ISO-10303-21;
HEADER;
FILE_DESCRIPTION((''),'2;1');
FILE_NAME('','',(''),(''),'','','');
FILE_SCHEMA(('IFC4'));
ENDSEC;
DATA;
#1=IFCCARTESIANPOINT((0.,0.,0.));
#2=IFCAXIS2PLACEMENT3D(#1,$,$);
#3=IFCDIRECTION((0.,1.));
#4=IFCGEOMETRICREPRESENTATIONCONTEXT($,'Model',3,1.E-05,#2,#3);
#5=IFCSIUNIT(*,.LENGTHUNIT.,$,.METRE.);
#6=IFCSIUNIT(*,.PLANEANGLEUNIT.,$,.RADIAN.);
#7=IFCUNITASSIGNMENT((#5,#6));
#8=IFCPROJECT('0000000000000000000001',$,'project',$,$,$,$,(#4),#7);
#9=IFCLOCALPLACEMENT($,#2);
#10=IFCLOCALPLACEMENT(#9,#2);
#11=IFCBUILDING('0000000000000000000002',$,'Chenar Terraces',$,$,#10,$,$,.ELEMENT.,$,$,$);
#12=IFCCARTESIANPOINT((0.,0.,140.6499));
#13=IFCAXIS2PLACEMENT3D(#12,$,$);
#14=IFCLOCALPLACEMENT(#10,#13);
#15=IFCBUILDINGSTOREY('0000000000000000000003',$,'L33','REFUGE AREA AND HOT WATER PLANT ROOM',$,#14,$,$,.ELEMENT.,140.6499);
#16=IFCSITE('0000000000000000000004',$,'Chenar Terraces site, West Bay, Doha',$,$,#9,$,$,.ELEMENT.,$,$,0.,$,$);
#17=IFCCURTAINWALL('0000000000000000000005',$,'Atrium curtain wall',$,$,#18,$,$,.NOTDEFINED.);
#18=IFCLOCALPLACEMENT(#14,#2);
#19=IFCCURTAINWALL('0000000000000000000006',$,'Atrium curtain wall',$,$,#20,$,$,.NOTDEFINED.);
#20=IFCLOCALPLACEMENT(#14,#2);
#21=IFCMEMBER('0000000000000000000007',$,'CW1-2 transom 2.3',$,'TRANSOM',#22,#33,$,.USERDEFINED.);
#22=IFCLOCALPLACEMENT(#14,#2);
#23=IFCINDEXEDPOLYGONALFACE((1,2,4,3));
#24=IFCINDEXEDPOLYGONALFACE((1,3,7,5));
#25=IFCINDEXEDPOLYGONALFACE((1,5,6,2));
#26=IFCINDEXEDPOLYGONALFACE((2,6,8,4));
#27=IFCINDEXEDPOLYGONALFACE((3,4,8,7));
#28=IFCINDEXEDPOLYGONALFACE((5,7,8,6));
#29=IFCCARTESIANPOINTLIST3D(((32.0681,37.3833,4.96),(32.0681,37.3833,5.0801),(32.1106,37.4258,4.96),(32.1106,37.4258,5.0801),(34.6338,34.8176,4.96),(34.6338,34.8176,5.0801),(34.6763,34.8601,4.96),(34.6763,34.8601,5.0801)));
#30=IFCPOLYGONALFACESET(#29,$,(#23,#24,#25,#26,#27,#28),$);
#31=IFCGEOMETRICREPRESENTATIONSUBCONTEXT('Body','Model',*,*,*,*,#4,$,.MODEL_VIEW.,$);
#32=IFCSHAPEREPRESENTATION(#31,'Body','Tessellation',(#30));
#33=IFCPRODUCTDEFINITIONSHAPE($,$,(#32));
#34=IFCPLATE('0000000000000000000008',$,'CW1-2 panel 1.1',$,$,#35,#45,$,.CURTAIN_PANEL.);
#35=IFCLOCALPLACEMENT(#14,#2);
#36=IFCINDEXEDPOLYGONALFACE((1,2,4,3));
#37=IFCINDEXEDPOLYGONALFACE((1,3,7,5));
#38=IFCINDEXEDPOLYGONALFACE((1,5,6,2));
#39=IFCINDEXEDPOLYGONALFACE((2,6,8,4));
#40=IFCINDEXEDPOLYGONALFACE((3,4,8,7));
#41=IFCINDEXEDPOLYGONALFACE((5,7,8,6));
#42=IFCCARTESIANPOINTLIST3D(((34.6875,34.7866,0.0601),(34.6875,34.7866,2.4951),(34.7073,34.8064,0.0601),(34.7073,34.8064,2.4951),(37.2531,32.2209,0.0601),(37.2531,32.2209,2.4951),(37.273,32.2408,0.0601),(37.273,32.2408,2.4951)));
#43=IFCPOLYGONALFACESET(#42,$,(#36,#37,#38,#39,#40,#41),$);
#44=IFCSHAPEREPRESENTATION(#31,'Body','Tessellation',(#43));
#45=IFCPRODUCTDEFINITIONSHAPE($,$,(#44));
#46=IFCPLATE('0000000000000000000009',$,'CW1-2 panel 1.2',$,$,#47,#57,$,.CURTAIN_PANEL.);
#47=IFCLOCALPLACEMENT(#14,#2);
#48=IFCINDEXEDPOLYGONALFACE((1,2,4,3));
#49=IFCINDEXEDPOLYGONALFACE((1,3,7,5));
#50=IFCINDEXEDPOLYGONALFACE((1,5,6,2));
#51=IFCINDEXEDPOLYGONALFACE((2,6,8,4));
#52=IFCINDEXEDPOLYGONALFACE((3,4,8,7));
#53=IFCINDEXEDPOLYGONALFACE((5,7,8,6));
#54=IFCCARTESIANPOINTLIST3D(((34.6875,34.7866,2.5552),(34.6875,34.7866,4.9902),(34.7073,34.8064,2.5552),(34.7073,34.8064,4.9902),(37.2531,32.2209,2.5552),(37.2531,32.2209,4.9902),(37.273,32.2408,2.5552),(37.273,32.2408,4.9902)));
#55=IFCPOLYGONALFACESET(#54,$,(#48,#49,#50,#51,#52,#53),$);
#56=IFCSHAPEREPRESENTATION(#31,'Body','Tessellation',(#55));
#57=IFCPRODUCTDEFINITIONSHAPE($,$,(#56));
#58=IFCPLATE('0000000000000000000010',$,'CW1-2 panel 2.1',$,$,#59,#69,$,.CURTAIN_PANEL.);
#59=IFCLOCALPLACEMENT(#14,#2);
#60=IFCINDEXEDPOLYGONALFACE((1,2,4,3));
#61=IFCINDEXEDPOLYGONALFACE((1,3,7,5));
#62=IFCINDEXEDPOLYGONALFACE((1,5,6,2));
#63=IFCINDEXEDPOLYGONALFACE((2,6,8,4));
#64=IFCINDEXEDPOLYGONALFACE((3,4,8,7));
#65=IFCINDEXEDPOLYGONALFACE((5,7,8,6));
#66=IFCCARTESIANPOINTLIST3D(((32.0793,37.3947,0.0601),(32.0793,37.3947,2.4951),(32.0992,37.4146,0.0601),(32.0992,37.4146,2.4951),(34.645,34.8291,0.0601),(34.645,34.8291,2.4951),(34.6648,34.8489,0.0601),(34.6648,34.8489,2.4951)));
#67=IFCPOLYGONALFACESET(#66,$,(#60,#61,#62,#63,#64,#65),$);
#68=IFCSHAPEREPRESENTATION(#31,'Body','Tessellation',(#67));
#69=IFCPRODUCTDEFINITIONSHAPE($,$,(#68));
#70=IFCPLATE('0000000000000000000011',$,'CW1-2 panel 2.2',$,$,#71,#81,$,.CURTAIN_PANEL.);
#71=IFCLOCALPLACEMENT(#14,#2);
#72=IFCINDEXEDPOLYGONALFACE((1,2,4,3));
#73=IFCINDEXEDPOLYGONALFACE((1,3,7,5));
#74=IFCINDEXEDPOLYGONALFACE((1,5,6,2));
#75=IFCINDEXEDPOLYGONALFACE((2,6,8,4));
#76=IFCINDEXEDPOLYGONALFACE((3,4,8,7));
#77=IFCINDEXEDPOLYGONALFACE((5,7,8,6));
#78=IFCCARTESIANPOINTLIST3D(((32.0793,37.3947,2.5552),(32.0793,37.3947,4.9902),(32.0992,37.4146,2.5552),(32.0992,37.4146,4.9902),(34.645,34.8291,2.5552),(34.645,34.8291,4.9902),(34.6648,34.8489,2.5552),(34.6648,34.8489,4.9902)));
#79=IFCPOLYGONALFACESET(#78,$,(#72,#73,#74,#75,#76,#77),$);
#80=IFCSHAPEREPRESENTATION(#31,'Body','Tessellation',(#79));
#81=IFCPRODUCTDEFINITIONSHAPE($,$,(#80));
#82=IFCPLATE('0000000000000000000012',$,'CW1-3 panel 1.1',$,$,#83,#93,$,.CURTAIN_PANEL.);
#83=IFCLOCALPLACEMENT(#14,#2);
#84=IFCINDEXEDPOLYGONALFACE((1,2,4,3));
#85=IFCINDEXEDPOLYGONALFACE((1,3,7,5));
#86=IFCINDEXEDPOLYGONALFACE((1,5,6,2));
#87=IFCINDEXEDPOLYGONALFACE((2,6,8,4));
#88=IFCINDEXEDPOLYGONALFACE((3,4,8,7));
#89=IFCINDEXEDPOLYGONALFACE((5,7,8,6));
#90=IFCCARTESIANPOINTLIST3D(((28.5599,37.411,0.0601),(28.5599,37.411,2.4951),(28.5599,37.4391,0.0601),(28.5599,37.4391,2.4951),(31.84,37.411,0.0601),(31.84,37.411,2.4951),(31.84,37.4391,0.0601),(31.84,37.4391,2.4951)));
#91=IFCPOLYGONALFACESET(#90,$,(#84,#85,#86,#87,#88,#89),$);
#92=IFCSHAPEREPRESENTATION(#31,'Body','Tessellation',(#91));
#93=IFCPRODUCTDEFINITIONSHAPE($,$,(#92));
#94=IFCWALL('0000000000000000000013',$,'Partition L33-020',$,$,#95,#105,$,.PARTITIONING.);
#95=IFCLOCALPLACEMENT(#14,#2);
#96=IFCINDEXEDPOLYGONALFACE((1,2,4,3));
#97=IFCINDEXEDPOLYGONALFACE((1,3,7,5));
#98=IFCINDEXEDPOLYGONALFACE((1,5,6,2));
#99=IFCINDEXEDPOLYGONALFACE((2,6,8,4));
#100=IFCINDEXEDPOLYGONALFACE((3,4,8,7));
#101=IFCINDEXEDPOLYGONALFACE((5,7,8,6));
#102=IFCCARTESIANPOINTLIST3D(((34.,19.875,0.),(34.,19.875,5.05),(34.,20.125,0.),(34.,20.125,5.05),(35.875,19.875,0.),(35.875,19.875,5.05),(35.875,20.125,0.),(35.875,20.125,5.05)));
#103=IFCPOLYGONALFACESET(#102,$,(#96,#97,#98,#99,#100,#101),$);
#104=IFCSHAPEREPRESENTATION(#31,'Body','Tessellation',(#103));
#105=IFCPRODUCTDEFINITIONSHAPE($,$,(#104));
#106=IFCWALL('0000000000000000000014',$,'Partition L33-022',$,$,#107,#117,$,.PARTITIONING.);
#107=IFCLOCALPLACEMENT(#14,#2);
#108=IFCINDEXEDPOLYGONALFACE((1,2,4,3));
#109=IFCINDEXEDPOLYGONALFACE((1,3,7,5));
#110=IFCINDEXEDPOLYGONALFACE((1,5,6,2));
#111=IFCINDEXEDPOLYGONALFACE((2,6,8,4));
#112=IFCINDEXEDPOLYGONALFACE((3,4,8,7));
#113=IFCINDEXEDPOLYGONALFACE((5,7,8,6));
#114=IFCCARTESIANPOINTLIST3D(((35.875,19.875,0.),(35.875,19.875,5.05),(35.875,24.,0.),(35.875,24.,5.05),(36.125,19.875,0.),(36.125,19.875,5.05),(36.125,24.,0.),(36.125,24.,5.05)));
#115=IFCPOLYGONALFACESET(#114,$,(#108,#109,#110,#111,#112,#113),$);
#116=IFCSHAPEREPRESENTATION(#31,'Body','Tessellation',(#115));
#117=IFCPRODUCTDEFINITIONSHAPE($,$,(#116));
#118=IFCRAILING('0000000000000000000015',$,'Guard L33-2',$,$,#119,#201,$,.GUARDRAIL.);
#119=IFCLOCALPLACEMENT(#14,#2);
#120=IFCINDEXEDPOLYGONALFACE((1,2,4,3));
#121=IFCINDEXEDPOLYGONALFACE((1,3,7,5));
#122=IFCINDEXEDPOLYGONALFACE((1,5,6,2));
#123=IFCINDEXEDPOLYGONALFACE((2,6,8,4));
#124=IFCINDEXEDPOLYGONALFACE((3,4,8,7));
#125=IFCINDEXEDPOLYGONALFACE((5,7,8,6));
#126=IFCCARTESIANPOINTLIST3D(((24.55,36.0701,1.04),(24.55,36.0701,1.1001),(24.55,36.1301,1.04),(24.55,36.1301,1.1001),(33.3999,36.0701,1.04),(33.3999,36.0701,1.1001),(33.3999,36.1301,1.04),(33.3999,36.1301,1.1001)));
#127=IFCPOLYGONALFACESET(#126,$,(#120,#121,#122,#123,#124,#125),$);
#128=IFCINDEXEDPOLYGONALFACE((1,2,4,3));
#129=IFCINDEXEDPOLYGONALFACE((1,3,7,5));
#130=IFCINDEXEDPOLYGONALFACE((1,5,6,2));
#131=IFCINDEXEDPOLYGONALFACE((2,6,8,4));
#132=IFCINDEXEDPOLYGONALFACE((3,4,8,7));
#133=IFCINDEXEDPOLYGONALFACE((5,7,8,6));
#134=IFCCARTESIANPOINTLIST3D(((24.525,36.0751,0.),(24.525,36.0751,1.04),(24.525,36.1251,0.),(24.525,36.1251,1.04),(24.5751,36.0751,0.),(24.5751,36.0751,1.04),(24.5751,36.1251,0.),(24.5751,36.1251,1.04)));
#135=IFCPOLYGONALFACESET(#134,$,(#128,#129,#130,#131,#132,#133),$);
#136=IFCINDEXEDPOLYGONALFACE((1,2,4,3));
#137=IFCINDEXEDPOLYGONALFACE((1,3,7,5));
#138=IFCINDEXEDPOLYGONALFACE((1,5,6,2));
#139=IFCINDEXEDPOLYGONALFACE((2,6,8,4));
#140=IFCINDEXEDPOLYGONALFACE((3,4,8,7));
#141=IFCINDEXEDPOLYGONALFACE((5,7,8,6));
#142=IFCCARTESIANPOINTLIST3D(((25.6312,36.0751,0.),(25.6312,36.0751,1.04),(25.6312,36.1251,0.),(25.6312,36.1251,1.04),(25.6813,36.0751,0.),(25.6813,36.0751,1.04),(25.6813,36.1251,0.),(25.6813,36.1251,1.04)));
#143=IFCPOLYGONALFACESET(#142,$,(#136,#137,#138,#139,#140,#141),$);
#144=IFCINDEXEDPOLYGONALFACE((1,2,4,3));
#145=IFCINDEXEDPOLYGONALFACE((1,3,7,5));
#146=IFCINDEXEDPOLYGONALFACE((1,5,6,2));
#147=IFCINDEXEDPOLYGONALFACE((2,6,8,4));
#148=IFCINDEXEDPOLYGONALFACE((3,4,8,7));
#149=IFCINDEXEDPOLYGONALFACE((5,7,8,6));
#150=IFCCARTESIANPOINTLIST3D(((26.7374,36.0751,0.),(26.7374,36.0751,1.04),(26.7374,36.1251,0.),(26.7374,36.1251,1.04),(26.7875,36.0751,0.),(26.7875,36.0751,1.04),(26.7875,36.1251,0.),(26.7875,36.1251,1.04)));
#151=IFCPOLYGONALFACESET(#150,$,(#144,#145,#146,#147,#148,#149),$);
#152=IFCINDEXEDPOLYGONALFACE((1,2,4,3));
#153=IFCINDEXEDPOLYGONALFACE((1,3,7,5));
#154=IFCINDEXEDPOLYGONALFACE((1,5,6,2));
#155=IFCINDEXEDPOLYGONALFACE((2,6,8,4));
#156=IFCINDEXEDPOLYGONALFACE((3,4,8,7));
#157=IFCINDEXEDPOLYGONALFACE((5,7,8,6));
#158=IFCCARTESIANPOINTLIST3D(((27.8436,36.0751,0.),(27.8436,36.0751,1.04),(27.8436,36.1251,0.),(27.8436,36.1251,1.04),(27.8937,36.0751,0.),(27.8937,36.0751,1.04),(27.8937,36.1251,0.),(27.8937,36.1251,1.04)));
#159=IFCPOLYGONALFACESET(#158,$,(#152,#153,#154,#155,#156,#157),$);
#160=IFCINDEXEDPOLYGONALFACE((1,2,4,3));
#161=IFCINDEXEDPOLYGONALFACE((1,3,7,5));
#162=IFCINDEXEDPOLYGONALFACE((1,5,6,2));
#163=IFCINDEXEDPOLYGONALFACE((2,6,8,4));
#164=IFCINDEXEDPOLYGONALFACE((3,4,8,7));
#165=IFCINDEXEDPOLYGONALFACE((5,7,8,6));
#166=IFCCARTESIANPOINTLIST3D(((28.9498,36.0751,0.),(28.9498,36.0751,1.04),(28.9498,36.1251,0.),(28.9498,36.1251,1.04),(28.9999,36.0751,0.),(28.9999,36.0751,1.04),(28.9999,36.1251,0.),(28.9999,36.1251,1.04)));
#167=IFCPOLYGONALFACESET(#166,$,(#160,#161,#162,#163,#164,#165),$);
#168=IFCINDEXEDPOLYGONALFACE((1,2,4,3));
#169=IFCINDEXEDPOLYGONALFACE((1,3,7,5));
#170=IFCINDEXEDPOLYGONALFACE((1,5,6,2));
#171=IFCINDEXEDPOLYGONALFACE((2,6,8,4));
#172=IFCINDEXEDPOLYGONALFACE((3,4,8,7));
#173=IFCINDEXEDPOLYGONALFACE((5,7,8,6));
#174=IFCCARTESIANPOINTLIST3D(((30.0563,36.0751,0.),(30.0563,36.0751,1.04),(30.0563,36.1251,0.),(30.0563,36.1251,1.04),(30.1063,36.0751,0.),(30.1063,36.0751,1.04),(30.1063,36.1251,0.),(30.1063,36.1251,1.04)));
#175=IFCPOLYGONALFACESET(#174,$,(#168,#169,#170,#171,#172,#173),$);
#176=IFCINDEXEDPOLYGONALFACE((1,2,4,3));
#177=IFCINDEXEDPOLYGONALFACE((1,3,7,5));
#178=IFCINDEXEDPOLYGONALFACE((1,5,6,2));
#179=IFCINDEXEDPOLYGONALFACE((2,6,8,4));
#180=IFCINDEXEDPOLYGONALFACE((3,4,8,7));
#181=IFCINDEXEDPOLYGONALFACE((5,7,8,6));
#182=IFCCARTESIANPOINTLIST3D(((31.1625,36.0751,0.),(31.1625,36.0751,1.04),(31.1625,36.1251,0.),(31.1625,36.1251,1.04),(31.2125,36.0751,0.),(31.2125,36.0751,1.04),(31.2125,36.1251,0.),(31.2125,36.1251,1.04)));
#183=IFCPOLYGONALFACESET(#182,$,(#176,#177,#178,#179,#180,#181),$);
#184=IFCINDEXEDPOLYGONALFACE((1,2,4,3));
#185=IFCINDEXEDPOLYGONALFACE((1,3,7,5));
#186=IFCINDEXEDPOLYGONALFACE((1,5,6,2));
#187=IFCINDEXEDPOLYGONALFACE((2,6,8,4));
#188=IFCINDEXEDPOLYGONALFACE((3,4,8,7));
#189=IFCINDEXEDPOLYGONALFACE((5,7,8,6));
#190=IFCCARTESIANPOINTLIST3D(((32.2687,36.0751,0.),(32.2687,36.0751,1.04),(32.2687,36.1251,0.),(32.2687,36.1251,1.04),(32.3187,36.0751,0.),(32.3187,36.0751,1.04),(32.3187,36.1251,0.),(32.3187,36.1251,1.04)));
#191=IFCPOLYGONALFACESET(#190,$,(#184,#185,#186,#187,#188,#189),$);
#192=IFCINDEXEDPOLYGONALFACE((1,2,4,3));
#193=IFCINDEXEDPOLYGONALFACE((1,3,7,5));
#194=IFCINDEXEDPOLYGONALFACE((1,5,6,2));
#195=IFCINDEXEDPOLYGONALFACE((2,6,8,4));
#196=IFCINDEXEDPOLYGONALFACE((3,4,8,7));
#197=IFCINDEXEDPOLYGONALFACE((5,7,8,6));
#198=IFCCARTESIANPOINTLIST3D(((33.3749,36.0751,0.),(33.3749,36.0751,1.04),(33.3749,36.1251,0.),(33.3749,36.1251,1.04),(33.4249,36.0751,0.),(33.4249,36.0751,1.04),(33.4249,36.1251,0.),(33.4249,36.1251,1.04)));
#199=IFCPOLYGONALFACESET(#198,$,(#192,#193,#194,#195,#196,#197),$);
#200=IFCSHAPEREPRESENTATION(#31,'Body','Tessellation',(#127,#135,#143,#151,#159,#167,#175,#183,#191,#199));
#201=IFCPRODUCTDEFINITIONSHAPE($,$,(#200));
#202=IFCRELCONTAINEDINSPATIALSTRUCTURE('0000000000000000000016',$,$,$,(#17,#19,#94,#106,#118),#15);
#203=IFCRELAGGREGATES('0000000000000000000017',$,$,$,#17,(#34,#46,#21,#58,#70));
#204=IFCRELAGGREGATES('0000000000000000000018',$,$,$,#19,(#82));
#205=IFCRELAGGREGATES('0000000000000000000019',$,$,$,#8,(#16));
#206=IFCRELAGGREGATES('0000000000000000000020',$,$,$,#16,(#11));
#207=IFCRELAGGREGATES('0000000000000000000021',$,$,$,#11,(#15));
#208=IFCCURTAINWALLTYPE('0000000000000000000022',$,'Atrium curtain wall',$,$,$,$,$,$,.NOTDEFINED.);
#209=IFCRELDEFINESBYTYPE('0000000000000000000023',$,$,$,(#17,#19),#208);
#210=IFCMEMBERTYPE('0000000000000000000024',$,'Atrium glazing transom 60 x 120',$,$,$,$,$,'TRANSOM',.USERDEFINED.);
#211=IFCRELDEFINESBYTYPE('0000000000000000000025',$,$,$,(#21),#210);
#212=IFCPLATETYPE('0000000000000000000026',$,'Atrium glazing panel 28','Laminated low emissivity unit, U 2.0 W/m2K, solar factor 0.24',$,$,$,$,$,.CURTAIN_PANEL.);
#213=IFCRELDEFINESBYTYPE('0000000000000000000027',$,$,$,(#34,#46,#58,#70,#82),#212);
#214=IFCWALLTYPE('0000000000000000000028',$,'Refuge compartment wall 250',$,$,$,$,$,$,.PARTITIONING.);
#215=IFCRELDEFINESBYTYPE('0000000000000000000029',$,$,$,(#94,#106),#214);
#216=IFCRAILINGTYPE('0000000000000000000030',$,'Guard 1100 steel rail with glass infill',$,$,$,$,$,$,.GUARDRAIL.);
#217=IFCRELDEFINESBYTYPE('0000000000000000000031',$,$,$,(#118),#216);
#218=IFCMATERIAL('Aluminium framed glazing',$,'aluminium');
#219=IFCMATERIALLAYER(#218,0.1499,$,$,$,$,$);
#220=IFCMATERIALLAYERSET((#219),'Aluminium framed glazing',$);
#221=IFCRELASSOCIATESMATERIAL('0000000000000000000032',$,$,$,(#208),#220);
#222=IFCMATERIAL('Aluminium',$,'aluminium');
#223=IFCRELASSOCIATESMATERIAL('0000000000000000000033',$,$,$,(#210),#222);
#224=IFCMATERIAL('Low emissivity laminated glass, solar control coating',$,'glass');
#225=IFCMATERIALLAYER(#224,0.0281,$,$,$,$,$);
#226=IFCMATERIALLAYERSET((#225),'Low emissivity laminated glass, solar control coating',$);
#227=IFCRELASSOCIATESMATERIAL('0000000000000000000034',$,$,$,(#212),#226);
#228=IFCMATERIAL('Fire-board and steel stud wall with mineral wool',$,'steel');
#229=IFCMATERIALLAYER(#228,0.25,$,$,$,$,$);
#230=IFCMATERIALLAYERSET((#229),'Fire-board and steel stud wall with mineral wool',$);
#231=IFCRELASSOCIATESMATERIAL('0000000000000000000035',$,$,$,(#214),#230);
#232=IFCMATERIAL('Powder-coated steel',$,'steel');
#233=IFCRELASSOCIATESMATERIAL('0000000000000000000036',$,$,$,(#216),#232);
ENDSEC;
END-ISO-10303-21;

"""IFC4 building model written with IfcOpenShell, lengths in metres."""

from ifc_helpers import new_model, si_unit, direction, frame, frame_2d, origin, origin_2d, place, context, subcontext, project, spatial, rectangle, extrude, material, layer, layer_set, material_profile, profile_set, type_object, element, aggregate, save


model = new_model("IFC4")

# Units and contexts
model_context = context("Model", 3, precision=1e-05, world=origin(), true_north=direction((0.0, 1.0)))
body_context = subcontext(model_context, "Body", "Model", "MODEL_VIEW")
ifc_project = project(units=[si_unit("LENGTHUNIT", "METRE"), si_unit("PLANEANGLEUNIT", "RADIAN")], contexts=[model_context])

# Site, building, storey
site_placement = place(None, origin())
site = spatial("IfcSite", under=ifc_project, at=site_placement, Name="Chenar Terraces site, West Bay, Doha", CompositionType="ELEMENT", RefElevation=0.0)
building_placement = place(site_placement, origin())
building = spatial("IfcBuilding", under=site, at=building_placement, Name="Chenar Terraces", CompositionType="ELEMENT")
storey_placement = place(building_placement, frame((0.0, 0.0, 140.6499)))
storey = spatial("IfcBuildingStorey", under=building, at=storey_placement, Name="L33", Description="REFUGE AREA AND HOT WATER PLANT ROOM", CompositionType="ELEMENT", Elevation=140.6499)

# Shared definitions
ifc_material_1 = material(Name="Aluminium framed glazing", Category="aluminium")
ifc_layer_1 = layer(ifc_material_1, 0.1499)
ifc_layer_set_1 = layer_set([ifc_layer_1], Name="Aluminium framed glazing")
curtain_wall_type = type_object("IfcCurtainWallType", Name="Atrium curtain wall", PredefinedType="NOTDEFINED", material=ifc_layer_set_1)
placement = place(storey_placement, origin())

# Curtain wall
curtain_wall_1 = element("IfcCurtainWall", 1, at=placement, inside=storey, type_object=curtain_wall_type, Name="Atrium curtain wall", PredefinedType="NOTDEFINED")

# Curtain wall
curtain_wall_2 = element("IfcCurtainWall", 2, at=placement, inside=storey, type_object=curtain_wall_type, Name="Atrium curtain wall", PredefinedType="NOTDEFINED")

# Member
ifc_material_2 = material(Name="Aluminium", Category="aluminium")
ifc_material_profile_1 = material_profile(ifc_material_2, rectangle(XDim=0.0601, YDim=0.1201, at=origin_2d()), Name="Atrium glazing transom 60 x 120")
ifc_profile_set_1 = profile_set([ifc_material_profile_1], Name="Aluminium")
member_type_1 = type_object("IfcMemberType", Name="Atrium glazing transom 60 x 120", ElementType="TRANSOM", PredefinedType="USERDEFINED", material=ifc_profile_set_1)
member_1_placement = place(storey_placement, frame((34.655, 34.8389, 5.02), z_axis=(-0.707107, 0.707107, 0.0), x_axis=(-0.707107, -0.707107, 0.0)))
member_1 = element("IfcMember", 3, at=member_1_placement, type_object=member_type_1, Name="CW1-2 transom 2.3", ObjectType="TRANSOM", PredefinedType="USERDEFINED", context=body_context, shape_type="SweptSolid", body=[
    extrude(rectangle(XDim=0.0601, YDim=0.1201, at=origin_2d()), origin(), (0.0, 0.0, 1.0), 3.6284),
])

# Plates
ifc_material_3 = material(Name="Low emissivity laminated glass, solar control coating", Category="glass")
ifc_layer_2 = layer(ifc_material_3, 0.0281)
ifc_layer_set_2 = layer_set([ifc_layer_2], Name="Low emissivity laminated glass, solar control coating")
plate_type = type_object("IfcPlateType", Name="Atrium glazing panel 28", Description="Laminated low emissivity unit, U 2.0 W/m2K, solar factor 0.24", PredefinedType="CURTAIN_PANEL", material=ifc_layer_set_2)
plate_1_placement = place(storey_placement, frame((35.9802, 33.5137, 0.0601), z_axis=(0.0, 0.0, 1.0), x_axis=(-0.707107, 0.707107, 0.0)))
plate_1 = element("IfcPlate", 4, at=plate_1_placement, type_object=plate_type, Name="CW1-2 panel 1.1", PredefinedType="CURTAIN_PANEL", context=body_context, shape_type="SweptSolid", body=[
    extrude(rectangle(XDim=3.6284, YDim=0.0281, at=origin_2d()), origin(), (0.0, 0.0, 1.0), 2.4351),
])
plate_2_placement = place(storey_placement, frame((35.9802, 33.5137, 2.5552), z_axis=(0.0, 0.0, 1.0), x_axis=(-0.707107, 0.707107, 0.0)))
plate_2 = element("IfcPlate", 5, at=plate_2_placement, type_object=plate_type, Name="CW1-2 panel 1.2", PredefinedType="CURTAIN_PANEL", context=body_context, shape_type="SweptSolid", body=[
    extrude(rectangle(XDim=3.6284, YDim=0.0281, at=origin_2d()), origin(), (0.0, 0.0, 1.0), 2.4351),
])
plate_3_placement = place(storey_placement, frame((33.3721, 36.1218, 0.0601), z_axis=(0.0, 0.0, 1.0), x_axis=(-0.707107, 0.707107, 0.0)))
plate_3 = element("IfcPlate", 6, at=plate_3_placement, type_object=plate_type, Name="CW1-2 panel 2.1", PredefinedType="CURTAIN_PANEL", context=body_context, shape_type="SweptSolid", body=[
    extrude(rectangle(XDim=3.6284, YDim=0.0281, at=origin_2d()), origin(), (0.0, 0.0, 1.0), 2.4351),
])
plate_4_placement = place(storey_placement, frame((33.3721, 36.1218, 2.5552), z_axis=(0.0, 0.0, 1.0), x_axis=(-0.707107, 0.707107, 0.0)))
plate_4 = element("IfcPlate", 7, at=plate_4_placement, type_object=plate_type, Name="CW1-2 panel 2.2", PredefinedType="CURTAIN_PANEL", context=body_context, shape_type="SweptSolid", body=[
    extrude(rectangle(XDim=3.6284, YDim=0.0281, at=origin_2d()), origin(), (0.0, 0.0, 1.0), 2.4351),
])
aggregate(curtain_wall_1, [plate_1, plate_2, member_1, plate_3, plate_4])
plate_5_placement = place(storey_placement, frame((30.2, 37.425, 0.0601), z_axis=(0.0, 0.0, 1.0), x_axis=(-1.0, 0.0, 0.0)))
plate_5 = element("IfcPlate", 8, at=plate_5_placement, type_object=plate_type, Name="CW1-3 panel 1.1", PredefinedType="CURTAIN_PANEL", context=body_context, shape_type="SweptSolid", body=[
    extrude(rectangle(XDim=3.28, YDim=0.0281, at=origin_2d()), origin(), (0.0, 0.0, 1.0), 2.4351),
])
aggregate(curtain_wall_2, [plate_5])

# Walls
ifc_material_4 = material(Name="Fire-board and steel stud wall with mineral wool", Category="steel")
ifc_layer_3 = layer(ifc_material_4, 0.25)
ifc_layer_set_3 = layer_set([ifc_layer_3], Name="Fire-board and steel stud wall with mineral wool")
wall_type = type_object("IfcWallType", Name="Refuge compartment wall 250", PredefinedType="PARTITIONING", material=ifc_layer_set_3)
wall_1_placement = place(storey_placement, frame((34.0, 20.0, 0.0), z_axis=(0.0, 0.0, 1.0), x_axis=(1.0, 0.0, 0.0)))
element("IfcWall", 9, at=wall_1_placement, inside=storey, type_object=wall_type, Name="Partition L33-020", PredefinedType="PARTITIONING", context=body_context, shape_type="SweptSolid", body=[
    extrude(rectangle(XDim=1.875, YDim=0.25, at=frame_2d((0.9375, 0.0))), origin(), (0.0, 0.0, 1.0), 5.05),
])
wall_2_placement = place(storey_placement, frame((36.0, 19.875, 0.0), z_axis=(0.0, 0.0, 1.0), x_axis=(0.0, 1.0, 0.0)))
element("IfcWall", 10, at=wall_2_placement, inside=storey, type_object=wall_type, Name="Partition L33-022", PredefinedType="PARTITIONING", context=body_context, shape_type="SweptSolid", body=[
    extrude(rectangle(XDim=4.125, YDim=0.25, at=frame_2d((2.0625, 0.0))), origin(), (0.0, 0.0, 1.0), 5.05),
])

# Railing
ifc_material_5 = material(Name="Powder-coated steel", Category="steel")
railing_type = type_object("IfcRailingType", Name="Guard 1100 steel rail with glass infill", PredefinedType="GUARDRAIL", material=ifc_material_5)
railing_1_placement = place(storey_placement, frame((24.55, 36.1001, 0.0)))
element("IfcRailing", 11, at=railing_1_placement, inside=storey, type_object=railing_type, Name="Guard L33-2", PredefinedType="GUARDRAIL", context=body_context, shape_type="SweptSolid", body=[
    extrude(rectangle(XDim=0.0601, YDim=0.0601, at=origin_2d()), frame((0.0, 0.0, 1.0701), z_axis=(1.0, 0.0, 0.0), x_axis=(0.0, 1.0, 0.0)), (0.0, 0.0, 1.0), 8.8499),
    extrude(rectangle(XDim=0.05, YDim=0.05, at=origin_2d()), origin(), (0.0, 0.0, 1.0), 1.04),
    extrude(rectangle(XDim=0.05, YDim=0.05, at=origin_2d()), frame((1.1062, 0.0, 0.0)), (0.0, 0.0, 1.0), 1.04),
    extrude(rectangle(XDim=0.05, YDim=0.05, at=origin_2d()), frame((2.2124, 0.0, 0.0)), (0.0, 0.0, 1.0), 1.04),
    extrude(rectangle(XDim=0.05, YDim=0.05, at=origin_2d()), frame((3.3186, 0.0, 0.0)), (0.0, 0.0, 1.0), 1.04),
    extrude(rectangle(XDim=0.05, YDim=0.05, at=origin_2d()), frame((4.4248, 0.0, 0.0)), (0.0, 0.0, 1.0), 1.04),
    extrude(rectangle(XDim=0.05, YDim=0.05, at=origin_2d()), frame((5.5312, 0.0, 0.0)), (0.0, 0.0, 1.0), 1.04),
    extrude(rectangle(XDim=0.05, YDim=0.05, at=origin_2d()), frame((6.6375, 0.0, 0.0)), (0.0, 0.0, 1.0), 1.04),
    extrude(rectangle(XDim=0.05, YDim=0.05, at=origin_2d()), frame((7.7437, 0.0, 0.0)), (0.0, 0.0, 1.0), 1.04),
    extrude(rectangle(XDim=0.05, YDim=0.05, at=origin_2d()), frame((8.8499, 0.0, 0.0)), (0.0, 0.0, 1.0), 1.04),
])

save(model, "model.ifc")
